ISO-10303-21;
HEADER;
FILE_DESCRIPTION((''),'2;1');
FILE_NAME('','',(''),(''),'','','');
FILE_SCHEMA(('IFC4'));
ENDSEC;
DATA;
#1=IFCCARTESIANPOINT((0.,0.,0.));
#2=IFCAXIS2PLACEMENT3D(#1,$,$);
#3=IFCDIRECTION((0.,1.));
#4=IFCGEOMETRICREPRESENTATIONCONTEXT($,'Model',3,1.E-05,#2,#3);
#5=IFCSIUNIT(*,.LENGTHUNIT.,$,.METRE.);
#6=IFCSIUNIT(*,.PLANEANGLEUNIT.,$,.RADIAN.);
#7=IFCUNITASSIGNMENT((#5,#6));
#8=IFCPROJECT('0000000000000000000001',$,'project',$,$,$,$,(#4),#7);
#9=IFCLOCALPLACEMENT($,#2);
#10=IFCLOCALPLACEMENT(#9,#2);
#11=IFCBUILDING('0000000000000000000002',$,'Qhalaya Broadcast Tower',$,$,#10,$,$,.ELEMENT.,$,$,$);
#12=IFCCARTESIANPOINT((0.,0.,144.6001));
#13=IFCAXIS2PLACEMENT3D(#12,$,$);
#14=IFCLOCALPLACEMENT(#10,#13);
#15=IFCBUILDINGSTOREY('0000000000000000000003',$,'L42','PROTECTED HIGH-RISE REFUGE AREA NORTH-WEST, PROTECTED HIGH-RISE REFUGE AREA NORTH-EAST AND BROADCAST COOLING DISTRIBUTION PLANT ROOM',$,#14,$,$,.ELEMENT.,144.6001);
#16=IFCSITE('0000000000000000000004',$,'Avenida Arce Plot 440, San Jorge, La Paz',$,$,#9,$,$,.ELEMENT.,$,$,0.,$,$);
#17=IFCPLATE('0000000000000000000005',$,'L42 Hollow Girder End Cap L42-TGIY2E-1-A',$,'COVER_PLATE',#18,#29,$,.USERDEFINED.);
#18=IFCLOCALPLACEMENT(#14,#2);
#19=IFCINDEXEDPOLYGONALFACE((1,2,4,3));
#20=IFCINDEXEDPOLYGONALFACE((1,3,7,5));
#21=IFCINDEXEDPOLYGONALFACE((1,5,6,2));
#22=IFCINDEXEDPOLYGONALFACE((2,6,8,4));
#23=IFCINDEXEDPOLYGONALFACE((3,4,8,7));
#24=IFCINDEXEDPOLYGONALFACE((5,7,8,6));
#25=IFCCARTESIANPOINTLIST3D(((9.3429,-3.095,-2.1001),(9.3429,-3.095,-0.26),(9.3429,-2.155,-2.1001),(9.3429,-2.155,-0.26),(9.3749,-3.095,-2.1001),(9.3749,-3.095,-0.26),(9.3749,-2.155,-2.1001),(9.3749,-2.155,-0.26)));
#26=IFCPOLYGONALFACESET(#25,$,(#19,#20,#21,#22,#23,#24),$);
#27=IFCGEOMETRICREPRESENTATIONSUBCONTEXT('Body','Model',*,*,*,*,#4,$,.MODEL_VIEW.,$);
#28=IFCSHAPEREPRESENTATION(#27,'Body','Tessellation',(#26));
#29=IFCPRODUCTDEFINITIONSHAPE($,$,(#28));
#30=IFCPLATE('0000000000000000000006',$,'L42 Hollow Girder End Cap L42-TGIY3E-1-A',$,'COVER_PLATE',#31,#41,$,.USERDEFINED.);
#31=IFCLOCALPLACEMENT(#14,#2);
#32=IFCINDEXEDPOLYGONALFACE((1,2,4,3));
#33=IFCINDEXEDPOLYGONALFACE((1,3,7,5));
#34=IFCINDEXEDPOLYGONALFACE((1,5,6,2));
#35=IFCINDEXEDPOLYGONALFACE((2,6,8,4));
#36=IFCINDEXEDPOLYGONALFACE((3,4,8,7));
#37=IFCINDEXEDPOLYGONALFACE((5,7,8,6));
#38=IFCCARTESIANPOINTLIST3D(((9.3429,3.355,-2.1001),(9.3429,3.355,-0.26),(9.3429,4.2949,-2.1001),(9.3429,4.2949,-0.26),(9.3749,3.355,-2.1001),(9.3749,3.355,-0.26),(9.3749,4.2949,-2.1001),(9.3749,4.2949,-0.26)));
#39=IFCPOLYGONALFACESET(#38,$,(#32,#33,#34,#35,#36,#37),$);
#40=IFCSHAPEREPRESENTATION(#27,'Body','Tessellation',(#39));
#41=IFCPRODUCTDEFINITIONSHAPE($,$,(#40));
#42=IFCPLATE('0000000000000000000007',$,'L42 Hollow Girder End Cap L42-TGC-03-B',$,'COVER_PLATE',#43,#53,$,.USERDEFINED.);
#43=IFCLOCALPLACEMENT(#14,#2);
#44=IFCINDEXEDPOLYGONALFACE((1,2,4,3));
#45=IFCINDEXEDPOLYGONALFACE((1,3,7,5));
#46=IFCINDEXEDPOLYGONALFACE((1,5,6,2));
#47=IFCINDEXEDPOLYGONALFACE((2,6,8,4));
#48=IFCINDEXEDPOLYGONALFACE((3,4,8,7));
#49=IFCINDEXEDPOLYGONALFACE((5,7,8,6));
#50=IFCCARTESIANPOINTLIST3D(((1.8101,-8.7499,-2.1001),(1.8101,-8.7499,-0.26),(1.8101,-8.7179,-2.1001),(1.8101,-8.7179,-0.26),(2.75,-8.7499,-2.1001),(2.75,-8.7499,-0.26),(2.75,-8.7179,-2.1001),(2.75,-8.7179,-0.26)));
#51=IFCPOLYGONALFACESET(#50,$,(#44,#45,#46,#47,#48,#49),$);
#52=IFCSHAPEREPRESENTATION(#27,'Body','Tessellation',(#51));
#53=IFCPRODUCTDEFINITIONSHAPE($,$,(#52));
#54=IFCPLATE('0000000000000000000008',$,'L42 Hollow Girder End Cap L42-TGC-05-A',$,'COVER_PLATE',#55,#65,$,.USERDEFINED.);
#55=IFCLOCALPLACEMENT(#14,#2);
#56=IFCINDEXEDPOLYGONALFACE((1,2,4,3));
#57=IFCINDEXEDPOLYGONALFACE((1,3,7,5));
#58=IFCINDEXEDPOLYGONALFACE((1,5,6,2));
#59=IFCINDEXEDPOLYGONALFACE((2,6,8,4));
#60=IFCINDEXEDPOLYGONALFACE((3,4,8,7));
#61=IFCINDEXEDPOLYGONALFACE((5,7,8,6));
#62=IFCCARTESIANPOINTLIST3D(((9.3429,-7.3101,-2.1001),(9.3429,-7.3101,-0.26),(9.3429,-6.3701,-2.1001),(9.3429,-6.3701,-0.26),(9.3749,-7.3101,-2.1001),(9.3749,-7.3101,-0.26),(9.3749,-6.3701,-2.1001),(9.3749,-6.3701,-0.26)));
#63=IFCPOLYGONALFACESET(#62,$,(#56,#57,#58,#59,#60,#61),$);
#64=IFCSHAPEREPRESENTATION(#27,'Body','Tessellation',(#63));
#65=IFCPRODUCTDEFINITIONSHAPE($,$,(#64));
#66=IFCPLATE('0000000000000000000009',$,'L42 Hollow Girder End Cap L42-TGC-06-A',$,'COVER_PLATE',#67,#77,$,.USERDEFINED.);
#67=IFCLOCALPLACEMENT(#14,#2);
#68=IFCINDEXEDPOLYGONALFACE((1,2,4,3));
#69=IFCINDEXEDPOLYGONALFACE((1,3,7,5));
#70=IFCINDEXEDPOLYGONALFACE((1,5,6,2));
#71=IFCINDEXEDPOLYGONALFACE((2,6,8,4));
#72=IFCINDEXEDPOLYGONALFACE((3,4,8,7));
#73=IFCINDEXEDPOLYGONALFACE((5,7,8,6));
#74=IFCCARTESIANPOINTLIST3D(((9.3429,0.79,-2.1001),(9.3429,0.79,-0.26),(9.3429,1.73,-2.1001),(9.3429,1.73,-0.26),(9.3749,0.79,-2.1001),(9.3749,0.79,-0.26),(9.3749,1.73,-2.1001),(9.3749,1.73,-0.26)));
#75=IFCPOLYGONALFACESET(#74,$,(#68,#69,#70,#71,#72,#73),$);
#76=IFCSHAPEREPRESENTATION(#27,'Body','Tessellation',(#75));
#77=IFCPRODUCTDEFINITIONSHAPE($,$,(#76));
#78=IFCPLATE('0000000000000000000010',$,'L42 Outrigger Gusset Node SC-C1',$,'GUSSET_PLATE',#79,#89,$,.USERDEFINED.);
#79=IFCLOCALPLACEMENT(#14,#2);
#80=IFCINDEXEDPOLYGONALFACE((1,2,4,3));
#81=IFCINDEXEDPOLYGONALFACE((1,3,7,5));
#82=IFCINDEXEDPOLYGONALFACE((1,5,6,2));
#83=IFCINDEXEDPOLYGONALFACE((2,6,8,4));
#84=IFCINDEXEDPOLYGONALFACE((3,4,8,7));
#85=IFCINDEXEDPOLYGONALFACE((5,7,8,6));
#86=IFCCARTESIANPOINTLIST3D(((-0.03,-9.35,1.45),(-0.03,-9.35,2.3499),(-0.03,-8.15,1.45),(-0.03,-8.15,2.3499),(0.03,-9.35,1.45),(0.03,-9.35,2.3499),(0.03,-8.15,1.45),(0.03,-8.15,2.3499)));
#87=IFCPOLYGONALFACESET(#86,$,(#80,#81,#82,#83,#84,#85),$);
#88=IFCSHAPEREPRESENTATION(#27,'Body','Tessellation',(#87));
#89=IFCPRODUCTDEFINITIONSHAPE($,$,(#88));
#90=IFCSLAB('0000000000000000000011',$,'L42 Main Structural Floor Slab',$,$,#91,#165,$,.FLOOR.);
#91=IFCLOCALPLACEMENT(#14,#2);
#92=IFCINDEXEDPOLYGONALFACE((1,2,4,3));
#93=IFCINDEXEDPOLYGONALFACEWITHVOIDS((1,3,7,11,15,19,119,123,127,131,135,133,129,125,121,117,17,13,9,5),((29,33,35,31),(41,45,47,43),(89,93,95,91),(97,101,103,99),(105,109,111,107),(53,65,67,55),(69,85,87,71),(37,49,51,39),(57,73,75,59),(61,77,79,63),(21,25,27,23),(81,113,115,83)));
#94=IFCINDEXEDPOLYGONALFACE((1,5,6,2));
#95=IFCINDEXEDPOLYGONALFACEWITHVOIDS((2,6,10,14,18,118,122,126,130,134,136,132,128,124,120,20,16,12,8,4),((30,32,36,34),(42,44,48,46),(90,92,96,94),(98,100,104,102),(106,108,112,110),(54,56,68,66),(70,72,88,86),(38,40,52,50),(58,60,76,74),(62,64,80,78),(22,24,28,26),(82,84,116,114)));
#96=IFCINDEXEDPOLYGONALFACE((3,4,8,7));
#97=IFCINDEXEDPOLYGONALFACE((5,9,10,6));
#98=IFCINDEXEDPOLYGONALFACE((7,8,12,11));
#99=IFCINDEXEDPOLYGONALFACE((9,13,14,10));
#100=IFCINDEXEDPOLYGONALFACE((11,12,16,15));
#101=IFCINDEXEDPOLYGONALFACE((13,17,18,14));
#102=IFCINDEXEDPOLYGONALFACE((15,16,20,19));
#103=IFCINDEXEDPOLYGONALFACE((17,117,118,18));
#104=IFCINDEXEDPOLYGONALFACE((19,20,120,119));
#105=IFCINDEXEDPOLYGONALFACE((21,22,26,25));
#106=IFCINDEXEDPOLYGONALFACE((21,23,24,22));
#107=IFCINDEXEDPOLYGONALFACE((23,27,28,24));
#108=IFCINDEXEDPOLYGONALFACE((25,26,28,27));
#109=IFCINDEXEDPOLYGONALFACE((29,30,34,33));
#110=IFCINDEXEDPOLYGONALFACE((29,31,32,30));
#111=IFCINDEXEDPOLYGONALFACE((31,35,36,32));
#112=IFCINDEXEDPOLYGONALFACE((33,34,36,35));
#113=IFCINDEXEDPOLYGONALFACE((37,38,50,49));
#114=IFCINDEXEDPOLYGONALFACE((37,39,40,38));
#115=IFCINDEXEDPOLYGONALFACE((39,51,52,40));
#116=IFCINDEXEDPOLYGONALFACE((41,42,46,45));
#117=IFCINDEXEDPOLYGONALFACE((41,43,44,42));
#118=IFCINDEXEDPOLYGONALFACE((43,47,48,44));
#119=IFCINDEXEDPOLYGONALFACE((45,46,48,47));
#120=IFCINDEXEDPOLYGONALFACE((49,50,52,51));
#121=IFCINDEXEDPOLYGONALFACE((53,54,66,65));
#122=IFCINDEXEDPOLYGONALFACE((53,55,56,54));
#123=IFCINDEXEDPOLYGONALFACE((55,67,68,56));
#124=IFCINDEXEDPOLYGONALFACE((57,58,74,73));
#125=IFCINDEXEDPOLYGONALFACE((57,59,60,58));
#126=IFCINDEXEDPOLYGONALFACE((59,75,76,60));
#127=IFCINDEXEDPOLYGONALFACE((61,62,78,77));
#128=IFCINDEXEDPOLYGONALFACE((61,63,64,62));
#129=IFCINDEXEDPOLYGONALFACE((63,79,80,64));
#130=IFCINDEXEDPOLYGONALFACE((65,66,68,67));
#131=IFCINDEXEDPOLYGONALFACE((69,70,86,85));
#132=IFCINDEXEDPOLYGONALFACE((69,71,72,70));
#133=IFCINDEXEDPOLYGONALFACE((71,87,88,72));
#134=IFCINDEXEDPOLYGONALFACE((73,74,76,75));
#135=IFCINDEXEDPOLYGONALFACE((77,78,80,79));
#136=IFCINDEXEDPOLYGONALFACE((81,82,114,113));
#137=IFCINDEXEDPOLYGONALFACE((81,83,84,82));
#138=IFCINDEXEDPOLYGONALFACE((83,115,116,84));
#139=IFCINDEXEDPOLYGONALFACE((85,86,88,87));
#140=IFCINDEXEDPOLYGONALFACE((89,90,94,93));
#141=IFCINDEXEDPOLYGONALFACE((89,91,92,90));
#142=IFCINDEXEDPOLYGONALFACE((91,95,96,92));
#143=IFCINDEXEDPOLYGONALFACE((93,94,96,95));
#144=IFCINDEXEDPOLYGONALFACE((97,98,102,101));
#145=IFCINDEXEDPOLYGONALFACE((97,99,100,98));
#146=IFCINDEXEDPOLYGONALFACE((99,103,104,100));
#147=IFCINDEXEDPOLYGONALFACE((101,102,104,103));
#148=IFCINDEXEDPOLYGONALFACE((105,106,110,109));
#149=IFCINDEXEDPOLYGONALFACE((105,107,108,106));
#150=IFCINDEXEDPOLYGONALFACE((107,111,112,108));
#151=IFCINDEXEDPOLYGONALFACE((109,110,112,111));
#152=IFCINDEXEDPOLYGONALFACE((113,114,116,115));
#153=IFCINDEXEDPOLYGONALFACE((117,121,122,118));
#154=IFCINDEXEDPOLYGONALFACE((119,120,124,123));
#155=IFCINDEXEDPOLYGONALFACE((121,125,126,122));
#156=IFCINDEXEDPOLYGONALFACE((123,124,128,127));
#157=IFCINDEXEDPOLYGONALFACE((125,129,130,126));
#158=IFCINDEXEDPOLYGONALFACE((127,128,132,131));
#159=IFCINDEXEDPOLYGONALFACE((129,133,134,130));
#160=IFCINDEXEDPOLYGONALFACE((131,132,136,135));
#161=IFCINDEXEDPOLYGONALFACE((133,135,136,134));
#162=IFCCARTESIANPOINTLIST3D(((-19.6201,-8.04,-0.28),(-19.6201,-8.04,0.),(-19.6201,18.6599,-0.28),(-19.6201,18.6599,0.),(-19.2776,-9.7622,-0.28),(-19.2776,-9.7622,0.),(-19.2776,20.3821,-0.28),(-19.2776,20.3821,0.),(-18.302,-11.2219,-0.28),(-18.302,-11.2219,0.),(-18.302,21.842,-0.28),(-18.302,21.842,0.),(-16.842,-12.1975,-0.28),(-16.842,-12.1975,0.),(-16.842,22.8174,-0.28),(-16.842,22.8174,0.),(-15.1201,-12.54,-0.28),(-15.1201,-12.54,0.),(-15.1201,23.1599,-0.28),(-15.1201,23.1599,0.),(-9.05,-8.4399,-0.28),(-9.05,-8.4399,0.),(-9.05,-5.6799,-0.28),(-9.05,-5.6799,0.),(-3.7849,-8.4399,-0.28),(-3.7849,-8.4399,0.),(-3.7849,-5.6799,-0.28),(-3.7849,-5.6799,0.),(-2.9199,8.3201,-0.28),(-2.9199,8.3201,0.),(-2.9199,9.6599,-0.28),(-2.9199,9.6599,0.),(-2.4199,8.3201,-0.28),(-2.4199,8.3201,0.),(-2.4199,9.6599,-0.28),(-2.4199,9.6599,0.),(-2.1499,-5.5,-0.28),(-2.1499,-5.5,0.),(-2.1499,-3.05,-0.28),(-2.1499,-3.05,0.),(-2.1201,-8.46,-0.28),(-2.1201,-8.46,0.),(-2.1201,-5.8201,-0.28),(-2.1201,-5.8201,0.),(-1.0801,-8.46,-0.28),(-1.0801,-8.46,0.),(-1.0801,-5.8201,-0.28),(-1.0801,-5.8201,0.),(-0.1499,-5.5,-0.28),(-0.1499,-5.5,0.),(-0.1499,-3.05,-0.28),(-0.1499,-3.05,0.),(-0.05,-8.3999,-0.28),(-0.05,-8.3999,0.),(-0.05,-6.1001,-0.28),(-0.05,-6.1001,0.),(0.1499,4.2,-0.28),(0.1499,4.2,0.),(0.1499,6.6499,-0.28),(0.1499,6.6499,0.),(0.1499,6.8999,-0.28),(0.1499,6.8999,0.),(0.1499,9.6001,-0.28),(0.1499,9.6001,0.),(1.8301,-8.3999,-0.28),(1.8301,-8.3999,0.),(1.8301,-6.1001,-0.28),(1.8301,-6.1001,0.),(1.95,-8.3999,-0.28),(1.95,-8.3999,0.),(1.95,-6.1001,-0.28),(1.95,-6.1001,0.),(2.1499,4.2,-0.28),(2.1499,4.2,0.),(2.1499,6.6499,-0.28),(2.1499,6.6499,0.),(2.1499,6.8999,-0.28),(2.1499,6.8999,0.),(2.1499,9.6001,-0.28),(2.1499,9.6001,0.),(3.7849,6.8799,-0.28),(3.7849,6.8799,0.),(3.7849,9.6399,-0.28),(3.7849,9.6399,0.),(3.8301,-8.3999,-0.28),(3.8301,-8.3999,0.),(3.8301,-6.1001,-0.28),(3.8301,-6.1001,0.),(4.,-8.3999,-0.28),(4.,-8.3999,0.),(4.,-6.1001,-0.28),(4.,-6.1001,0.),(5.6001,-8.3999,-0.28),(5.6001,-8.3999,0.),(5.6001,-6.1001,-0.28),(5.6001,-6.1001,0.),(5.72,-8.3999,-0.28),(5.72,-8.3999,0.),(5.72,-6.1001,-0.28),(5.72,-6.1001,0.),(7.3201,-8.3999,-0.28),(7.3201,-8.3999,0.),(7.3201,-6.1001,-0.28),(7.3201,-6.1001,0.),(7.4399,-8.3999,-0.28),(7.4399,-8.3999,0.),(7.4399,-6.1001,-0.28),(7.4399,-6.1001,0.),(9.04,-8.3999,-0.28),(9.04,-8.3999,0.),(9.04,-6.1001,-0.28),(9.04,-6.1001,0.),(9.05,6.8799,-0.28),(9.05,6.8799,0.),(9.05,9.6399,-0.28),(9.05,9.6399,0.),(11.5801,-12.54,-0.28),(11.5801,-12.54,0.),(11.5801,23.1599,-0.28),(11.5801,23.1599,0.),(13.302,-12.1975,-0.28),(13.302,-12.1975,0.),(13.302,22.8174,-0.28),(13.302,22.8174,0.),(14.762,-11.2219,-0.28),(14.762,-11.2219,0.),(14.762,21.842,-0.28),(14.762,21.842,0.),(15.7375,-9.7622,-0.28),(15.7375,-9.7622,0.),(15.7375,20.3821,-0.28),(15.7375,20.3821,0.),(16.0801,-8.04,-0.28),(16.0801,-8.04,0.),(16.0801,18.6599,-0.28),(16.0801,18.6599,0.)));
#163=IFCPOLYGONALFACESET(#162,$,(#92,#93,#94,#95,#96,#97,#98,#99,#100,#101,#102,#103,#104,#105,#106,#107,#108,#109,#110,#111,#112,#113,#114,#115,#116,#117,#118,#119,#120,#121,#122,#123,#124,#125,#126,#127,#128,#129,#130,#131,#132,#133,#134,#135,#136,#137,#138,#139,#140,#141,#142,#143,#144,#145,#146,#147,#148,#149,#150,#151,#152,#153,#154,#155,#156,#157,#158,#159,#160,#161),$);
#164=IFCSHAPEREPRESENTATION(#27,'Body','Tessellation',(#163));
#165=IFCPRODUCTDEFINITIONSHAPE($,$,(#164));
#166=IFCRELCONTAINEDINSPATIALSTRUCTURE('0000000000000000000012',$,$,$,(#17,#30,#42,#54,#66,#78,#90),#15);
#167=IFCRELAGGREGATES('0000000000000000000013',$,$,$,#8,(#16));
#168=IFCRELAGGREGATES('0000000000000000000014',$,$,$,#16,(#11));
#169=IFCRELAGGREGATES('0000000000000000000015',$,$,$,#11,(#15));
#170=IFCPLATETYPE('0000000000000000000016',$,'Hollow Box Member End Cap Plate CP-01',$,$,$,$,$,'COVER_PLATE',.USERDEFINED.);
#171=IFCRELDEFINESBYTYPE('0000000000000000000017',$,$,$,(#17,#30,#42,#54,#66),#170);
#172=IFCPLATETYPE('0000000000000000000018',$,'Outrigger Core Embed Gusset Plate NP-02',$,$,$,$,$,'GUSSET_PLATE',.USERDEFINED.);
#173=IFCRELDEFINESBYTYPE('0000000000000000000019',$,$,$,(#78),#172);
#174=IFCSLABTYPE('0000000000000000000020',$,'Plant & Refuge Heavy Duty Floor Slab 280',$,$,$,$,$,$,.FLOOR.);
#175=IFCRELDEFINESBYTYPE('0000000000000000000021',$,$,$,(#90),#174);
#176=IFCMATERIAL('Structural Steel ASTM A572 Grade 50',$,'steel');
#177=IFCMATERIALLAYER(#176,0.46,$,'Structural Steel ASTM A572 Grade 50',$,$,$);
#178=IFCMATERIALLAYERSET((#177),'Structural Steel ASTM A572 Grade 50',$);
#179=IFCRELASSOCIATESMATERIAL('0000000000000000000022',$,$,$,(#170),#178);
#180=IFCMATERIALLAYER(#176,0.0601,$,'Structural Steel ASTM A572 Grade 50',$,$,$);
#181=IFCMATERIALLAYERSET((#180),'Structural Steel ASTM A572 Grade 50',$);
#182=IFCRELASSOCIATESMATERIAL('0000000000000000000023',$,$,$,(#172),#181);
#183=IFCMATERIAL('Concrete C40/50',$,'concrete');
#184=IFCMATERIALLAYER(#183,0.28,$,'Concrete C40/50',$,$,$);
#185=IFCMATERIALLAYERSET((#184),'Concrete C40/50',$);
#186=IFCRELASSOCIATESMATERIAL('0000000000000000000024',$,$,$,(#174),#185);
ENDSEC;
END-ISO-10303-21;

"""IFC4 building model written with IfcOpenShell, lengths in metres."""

from ifc_helpers import new_model, si_unit, direction, frame, origin, origin_2d, place, context, subcontext, project, spatial, polyline, rectangle, outline, extrude, material, layer, layer_set, type_object, element, save


model = new_model("IFC4")

# Units and contexts
model_context = context("Model", 3, precision=1e-05, world=origin(), true_north=direction((0.0, 1.0)))
body_context = subcontext(model_context, "Body", "Model", "MODEL_VIEW")
ifc_project = project(units=[si_unit("LENGTHUNIT", "METRE"), si_unit("PLANEANGLEUNIT", "RADIAN")], contexts=[model_context])

# Site, building, storey
site_placement = place(None, origin())
site = spatial("IfcSite", under=ifc_project, at=site_placement, Name="Avenida Arce Plot 440, San Jorge, La Paz", CompositionType="ELEMENT", RefElevation=0.0)
building_placement = place(site_placement, origin())
building = spatial("IfcBuilding", under=site, at=building_placement, Name="Qhalaya Broadcast Tower", CompositionType="ELEMENT")
storey_placement = place(building_placement, frame((0.0, 0.0, 144.6001)))
storey = spatial("IfcBuildingStorey", under=building, at=storey_placement, Name="L42", Description="PROTECTED HIGH-RISE REFUGE AREA NORTH-WEST, PROTECTED HIGH-RISE REFUGE AREA NORTH-EAST AND BROADCAST COOLING DISTRIBUTION PLANT ROOM", CompositionType="ELEMENT", Elevation=144.6001)

# Shared definitions
ifc_material_1 = material(Name="Structural Steel ASTM A572 Grade 50", Category="steel")

# Plates
ifc_layer_1 = layer(ifc_material_1, 0.46, Name="Structural Steel ASTM A572 Grade 50")
ifc_layer_set_1 = layer_set([ifc_layer_1], Name="Structural Steel ASTM A572 Grade 50")
plate_type_1 = type_object("IfcPlateType", Name="Hollow Box Member End Cap Plate CP-01", ElementType="COVER_PLATE", PredefinedType="USERDEFINED", material=ifc_layer_set_1)
for number, where, z_axis, x_axis, name in (
    (1, (9.3589, -2.625, -2.1001), (0.0, 0.0, 1.0), (0.0, 1.0, 0.0), "L42 Hollow Girder End Cap L42-TGIY2E-1-A"),
    (2, (9.3589, 3.825, -2.1001), (0.0, 0.0, 1.0), (0.0, 1.0, 0.0), "L42 Hollow Girder End Cap L42-TGIY3E-1-A"),
    (3, (2.28, -8.7339, -2.1001), (0.0, 0.0, 1.0), (-1.0, 0.0, 0.0), "L42 Hollow Girder End Cap L42-TGC-03-B"),
    (4, (9.3589, -6.8401, -2.1001), (0.0, 0.0, 1.0), (0.0, 1.0, 0.0), "L42 Hollow Girder End Cap L42-TGC-05-A"),
    (5, (9.3589, 1.26, -2.1001), (0.0, 0.0, 1.0), (0.0, 1.0, 0.0), "L42 Hollow Girder End Cap L42-TGC-06-A"),
):
    element("IfcPlate", number, at=place(storey_placement, frame(where, z_axis=z_axis, x_axis=x_axis)), inside=storey, type_object=plate_type_1, Name=name, ObjectType="COVER_PLATE", PredefinedType="USERDEFINED", context=body_context, shape_type="SweptSolid", body=[
        extrude(rectangle(XDim=0.9399, YDim=0.032, at=origin_2d()), origin(), (0.0, 0.0, 1.0), 1.8401),
    ])
ifc_layer_2 = layer(ifc_material_1, 0.0601, Name="Structural Steel ASTM A572 Grade 50")
ifc_layer_set_2 = layer_set([ifc_layer_2], Name="Structural Steel ASTM A572 Grade 50")
plate_type_2 = type_object("IfcPlateType", Name="Outrigger Core Embed Gusset Plate NP-02", ElementType="GUSSET_PLATE", PredefinedType="USERDEFINED", material=ifc_layer_set_2)
plate_placement = place(storey_placement, frame((0.0, -8.75, 1.45), z_axis=(0.0, 0.0, 1.0), x_axis=(0.0, -1.0, 0.0)))
element("IfcPlate", 6, at=plate_placement, inside=storey, type_object=plate_type_2, Name="L42 Outrigger Gusset Node SC-C1", ObjectType="GUSSET_PLATE", PredefinedType="USERDEFINED", context=body_context, shape_type="SweptSolid", body=[
    extrude(rectangle(XDim=1.2, YDim=0.0601, at=origin_2d()), origin(), (0.0, 0.0, 1.0), 0.8999),
])

# Slab
ifc_material_2 = material(Name="Concrete C40/50", Category="concrete")
ifc_layer_3 = layer(ifc_material_2, 0.28, Name="Concrete C40/50")
ifc_layer_set_3 = layer_set([ifc_layer_3], Name="Concrete C40/50")
slab_type_1 = type_object("IfcSlabType", Name="Plant & Refuge Heavy Duty Floor Slab 280", PredefinedType="FLOOR", material=ifc_layer_set_3)
slab_1_placement = place(storey_placement, frame((0.0, 0.0, -0.28)))
element("IfcSlab", 7, at=slab_1_placement, inside=storey, type_object=slab_type_1, Name="L42 Main Structural Floor Slab", PredefinedType="FLOOR", context=body_context, shape_type="SweptSolid", body=[
    extrude(outline(polyline([(11.5801, -12.54), (13.302, -12.1975), (14.762, -11.2219), (15.7375, -9.7622), (16.0801, -8.04), (16.0801, 18.6599), (15.7375, 20.3821), (14.762, 21.842), (13.302, 22.8174), (11.5801, 23.1599), (-15.1201, 23.1599), (-16.842, 22.8174), (-18.302, 21.842), (-19.2776, 20.3821), (-19.6201, 18.6599), (-19.6201, -8.04), (-19.2776, -9.7622), (-18.302, -11.2219), (-16.842, -12.1975), (-15.1201, -12.54), (11.5801, -12.54)]), holes=[polyline([(3.7849, 9.6399), (9.05, 9.6399), (9.05, 6.8799), (3.7849, 6.8799), (3.7849, 9.6399)]), polyline([(-3.7849, -8.4399), (-9.05, -8.4399), (-9.05, -5.6799), (-3.7849, -5.6799), (-3.7849, -8.4399)]), polyline([(0.1499, 6.6499), (2.1499, 6.6499), (2.1499, 4.2), (0.1499, 4.2), (0.1499, 6.6499)]), polyline([(0.1499, 9.6001), (2.1499, 9.6001), (2.1499, 6.8999), (0.1499, 6.8999), (0.1499, 9.6001)]), polyline([(-2.1499, -3.05), (-0.1499, -3.05), (-0.1499, -5.5), (-2.1499, -5.5), (-2.1499, -3.05)]), polyline([(-0.05, -6.1001), (1.8301, -6.1001), (1.8301, -8.3999), (-0.05, -8.3999), (-0.05, -6.1001)]), polyline([(1.95, -6.1001), (3.8301, -6.1001), (3.8301, -8.3999), (1.95, -8.3999), (1.95, -6.1001)]), polyline([(4.0, -6.1001), (5.6001, -6.1001), (5.6001, -8.3999), (4.0, -8.3999), (4.0, -6.1001)]), polyline([(5.72, -6.1001), (7.3201, -6.1001), (7.3201, -8.3999), (5.72, -8.3999), (5.72, -6.1001)]), polyline([(7.4399, -6.1001), (9.04, -6.1001), (9.04, -8.3999), (7.4399, -8.3999), (7.4399, -6.1001)]), polyline([(-2.9199, 9.6599), (-2.4199, 9.6599), (-2.4199, 8.3201), (-2.9199, 8.3201), (-2.9199, 9.6599)]), polyline([(-2.1201, -5.8201), (-1.0801, -5.8201), (-1.0801, -8.46), (-2.1201, -8.46), (-2.1201, -5.8201)])]), origin(), (0.0, 0.0, 1.0), 0.28),
])

save(model, "model.ifc")
